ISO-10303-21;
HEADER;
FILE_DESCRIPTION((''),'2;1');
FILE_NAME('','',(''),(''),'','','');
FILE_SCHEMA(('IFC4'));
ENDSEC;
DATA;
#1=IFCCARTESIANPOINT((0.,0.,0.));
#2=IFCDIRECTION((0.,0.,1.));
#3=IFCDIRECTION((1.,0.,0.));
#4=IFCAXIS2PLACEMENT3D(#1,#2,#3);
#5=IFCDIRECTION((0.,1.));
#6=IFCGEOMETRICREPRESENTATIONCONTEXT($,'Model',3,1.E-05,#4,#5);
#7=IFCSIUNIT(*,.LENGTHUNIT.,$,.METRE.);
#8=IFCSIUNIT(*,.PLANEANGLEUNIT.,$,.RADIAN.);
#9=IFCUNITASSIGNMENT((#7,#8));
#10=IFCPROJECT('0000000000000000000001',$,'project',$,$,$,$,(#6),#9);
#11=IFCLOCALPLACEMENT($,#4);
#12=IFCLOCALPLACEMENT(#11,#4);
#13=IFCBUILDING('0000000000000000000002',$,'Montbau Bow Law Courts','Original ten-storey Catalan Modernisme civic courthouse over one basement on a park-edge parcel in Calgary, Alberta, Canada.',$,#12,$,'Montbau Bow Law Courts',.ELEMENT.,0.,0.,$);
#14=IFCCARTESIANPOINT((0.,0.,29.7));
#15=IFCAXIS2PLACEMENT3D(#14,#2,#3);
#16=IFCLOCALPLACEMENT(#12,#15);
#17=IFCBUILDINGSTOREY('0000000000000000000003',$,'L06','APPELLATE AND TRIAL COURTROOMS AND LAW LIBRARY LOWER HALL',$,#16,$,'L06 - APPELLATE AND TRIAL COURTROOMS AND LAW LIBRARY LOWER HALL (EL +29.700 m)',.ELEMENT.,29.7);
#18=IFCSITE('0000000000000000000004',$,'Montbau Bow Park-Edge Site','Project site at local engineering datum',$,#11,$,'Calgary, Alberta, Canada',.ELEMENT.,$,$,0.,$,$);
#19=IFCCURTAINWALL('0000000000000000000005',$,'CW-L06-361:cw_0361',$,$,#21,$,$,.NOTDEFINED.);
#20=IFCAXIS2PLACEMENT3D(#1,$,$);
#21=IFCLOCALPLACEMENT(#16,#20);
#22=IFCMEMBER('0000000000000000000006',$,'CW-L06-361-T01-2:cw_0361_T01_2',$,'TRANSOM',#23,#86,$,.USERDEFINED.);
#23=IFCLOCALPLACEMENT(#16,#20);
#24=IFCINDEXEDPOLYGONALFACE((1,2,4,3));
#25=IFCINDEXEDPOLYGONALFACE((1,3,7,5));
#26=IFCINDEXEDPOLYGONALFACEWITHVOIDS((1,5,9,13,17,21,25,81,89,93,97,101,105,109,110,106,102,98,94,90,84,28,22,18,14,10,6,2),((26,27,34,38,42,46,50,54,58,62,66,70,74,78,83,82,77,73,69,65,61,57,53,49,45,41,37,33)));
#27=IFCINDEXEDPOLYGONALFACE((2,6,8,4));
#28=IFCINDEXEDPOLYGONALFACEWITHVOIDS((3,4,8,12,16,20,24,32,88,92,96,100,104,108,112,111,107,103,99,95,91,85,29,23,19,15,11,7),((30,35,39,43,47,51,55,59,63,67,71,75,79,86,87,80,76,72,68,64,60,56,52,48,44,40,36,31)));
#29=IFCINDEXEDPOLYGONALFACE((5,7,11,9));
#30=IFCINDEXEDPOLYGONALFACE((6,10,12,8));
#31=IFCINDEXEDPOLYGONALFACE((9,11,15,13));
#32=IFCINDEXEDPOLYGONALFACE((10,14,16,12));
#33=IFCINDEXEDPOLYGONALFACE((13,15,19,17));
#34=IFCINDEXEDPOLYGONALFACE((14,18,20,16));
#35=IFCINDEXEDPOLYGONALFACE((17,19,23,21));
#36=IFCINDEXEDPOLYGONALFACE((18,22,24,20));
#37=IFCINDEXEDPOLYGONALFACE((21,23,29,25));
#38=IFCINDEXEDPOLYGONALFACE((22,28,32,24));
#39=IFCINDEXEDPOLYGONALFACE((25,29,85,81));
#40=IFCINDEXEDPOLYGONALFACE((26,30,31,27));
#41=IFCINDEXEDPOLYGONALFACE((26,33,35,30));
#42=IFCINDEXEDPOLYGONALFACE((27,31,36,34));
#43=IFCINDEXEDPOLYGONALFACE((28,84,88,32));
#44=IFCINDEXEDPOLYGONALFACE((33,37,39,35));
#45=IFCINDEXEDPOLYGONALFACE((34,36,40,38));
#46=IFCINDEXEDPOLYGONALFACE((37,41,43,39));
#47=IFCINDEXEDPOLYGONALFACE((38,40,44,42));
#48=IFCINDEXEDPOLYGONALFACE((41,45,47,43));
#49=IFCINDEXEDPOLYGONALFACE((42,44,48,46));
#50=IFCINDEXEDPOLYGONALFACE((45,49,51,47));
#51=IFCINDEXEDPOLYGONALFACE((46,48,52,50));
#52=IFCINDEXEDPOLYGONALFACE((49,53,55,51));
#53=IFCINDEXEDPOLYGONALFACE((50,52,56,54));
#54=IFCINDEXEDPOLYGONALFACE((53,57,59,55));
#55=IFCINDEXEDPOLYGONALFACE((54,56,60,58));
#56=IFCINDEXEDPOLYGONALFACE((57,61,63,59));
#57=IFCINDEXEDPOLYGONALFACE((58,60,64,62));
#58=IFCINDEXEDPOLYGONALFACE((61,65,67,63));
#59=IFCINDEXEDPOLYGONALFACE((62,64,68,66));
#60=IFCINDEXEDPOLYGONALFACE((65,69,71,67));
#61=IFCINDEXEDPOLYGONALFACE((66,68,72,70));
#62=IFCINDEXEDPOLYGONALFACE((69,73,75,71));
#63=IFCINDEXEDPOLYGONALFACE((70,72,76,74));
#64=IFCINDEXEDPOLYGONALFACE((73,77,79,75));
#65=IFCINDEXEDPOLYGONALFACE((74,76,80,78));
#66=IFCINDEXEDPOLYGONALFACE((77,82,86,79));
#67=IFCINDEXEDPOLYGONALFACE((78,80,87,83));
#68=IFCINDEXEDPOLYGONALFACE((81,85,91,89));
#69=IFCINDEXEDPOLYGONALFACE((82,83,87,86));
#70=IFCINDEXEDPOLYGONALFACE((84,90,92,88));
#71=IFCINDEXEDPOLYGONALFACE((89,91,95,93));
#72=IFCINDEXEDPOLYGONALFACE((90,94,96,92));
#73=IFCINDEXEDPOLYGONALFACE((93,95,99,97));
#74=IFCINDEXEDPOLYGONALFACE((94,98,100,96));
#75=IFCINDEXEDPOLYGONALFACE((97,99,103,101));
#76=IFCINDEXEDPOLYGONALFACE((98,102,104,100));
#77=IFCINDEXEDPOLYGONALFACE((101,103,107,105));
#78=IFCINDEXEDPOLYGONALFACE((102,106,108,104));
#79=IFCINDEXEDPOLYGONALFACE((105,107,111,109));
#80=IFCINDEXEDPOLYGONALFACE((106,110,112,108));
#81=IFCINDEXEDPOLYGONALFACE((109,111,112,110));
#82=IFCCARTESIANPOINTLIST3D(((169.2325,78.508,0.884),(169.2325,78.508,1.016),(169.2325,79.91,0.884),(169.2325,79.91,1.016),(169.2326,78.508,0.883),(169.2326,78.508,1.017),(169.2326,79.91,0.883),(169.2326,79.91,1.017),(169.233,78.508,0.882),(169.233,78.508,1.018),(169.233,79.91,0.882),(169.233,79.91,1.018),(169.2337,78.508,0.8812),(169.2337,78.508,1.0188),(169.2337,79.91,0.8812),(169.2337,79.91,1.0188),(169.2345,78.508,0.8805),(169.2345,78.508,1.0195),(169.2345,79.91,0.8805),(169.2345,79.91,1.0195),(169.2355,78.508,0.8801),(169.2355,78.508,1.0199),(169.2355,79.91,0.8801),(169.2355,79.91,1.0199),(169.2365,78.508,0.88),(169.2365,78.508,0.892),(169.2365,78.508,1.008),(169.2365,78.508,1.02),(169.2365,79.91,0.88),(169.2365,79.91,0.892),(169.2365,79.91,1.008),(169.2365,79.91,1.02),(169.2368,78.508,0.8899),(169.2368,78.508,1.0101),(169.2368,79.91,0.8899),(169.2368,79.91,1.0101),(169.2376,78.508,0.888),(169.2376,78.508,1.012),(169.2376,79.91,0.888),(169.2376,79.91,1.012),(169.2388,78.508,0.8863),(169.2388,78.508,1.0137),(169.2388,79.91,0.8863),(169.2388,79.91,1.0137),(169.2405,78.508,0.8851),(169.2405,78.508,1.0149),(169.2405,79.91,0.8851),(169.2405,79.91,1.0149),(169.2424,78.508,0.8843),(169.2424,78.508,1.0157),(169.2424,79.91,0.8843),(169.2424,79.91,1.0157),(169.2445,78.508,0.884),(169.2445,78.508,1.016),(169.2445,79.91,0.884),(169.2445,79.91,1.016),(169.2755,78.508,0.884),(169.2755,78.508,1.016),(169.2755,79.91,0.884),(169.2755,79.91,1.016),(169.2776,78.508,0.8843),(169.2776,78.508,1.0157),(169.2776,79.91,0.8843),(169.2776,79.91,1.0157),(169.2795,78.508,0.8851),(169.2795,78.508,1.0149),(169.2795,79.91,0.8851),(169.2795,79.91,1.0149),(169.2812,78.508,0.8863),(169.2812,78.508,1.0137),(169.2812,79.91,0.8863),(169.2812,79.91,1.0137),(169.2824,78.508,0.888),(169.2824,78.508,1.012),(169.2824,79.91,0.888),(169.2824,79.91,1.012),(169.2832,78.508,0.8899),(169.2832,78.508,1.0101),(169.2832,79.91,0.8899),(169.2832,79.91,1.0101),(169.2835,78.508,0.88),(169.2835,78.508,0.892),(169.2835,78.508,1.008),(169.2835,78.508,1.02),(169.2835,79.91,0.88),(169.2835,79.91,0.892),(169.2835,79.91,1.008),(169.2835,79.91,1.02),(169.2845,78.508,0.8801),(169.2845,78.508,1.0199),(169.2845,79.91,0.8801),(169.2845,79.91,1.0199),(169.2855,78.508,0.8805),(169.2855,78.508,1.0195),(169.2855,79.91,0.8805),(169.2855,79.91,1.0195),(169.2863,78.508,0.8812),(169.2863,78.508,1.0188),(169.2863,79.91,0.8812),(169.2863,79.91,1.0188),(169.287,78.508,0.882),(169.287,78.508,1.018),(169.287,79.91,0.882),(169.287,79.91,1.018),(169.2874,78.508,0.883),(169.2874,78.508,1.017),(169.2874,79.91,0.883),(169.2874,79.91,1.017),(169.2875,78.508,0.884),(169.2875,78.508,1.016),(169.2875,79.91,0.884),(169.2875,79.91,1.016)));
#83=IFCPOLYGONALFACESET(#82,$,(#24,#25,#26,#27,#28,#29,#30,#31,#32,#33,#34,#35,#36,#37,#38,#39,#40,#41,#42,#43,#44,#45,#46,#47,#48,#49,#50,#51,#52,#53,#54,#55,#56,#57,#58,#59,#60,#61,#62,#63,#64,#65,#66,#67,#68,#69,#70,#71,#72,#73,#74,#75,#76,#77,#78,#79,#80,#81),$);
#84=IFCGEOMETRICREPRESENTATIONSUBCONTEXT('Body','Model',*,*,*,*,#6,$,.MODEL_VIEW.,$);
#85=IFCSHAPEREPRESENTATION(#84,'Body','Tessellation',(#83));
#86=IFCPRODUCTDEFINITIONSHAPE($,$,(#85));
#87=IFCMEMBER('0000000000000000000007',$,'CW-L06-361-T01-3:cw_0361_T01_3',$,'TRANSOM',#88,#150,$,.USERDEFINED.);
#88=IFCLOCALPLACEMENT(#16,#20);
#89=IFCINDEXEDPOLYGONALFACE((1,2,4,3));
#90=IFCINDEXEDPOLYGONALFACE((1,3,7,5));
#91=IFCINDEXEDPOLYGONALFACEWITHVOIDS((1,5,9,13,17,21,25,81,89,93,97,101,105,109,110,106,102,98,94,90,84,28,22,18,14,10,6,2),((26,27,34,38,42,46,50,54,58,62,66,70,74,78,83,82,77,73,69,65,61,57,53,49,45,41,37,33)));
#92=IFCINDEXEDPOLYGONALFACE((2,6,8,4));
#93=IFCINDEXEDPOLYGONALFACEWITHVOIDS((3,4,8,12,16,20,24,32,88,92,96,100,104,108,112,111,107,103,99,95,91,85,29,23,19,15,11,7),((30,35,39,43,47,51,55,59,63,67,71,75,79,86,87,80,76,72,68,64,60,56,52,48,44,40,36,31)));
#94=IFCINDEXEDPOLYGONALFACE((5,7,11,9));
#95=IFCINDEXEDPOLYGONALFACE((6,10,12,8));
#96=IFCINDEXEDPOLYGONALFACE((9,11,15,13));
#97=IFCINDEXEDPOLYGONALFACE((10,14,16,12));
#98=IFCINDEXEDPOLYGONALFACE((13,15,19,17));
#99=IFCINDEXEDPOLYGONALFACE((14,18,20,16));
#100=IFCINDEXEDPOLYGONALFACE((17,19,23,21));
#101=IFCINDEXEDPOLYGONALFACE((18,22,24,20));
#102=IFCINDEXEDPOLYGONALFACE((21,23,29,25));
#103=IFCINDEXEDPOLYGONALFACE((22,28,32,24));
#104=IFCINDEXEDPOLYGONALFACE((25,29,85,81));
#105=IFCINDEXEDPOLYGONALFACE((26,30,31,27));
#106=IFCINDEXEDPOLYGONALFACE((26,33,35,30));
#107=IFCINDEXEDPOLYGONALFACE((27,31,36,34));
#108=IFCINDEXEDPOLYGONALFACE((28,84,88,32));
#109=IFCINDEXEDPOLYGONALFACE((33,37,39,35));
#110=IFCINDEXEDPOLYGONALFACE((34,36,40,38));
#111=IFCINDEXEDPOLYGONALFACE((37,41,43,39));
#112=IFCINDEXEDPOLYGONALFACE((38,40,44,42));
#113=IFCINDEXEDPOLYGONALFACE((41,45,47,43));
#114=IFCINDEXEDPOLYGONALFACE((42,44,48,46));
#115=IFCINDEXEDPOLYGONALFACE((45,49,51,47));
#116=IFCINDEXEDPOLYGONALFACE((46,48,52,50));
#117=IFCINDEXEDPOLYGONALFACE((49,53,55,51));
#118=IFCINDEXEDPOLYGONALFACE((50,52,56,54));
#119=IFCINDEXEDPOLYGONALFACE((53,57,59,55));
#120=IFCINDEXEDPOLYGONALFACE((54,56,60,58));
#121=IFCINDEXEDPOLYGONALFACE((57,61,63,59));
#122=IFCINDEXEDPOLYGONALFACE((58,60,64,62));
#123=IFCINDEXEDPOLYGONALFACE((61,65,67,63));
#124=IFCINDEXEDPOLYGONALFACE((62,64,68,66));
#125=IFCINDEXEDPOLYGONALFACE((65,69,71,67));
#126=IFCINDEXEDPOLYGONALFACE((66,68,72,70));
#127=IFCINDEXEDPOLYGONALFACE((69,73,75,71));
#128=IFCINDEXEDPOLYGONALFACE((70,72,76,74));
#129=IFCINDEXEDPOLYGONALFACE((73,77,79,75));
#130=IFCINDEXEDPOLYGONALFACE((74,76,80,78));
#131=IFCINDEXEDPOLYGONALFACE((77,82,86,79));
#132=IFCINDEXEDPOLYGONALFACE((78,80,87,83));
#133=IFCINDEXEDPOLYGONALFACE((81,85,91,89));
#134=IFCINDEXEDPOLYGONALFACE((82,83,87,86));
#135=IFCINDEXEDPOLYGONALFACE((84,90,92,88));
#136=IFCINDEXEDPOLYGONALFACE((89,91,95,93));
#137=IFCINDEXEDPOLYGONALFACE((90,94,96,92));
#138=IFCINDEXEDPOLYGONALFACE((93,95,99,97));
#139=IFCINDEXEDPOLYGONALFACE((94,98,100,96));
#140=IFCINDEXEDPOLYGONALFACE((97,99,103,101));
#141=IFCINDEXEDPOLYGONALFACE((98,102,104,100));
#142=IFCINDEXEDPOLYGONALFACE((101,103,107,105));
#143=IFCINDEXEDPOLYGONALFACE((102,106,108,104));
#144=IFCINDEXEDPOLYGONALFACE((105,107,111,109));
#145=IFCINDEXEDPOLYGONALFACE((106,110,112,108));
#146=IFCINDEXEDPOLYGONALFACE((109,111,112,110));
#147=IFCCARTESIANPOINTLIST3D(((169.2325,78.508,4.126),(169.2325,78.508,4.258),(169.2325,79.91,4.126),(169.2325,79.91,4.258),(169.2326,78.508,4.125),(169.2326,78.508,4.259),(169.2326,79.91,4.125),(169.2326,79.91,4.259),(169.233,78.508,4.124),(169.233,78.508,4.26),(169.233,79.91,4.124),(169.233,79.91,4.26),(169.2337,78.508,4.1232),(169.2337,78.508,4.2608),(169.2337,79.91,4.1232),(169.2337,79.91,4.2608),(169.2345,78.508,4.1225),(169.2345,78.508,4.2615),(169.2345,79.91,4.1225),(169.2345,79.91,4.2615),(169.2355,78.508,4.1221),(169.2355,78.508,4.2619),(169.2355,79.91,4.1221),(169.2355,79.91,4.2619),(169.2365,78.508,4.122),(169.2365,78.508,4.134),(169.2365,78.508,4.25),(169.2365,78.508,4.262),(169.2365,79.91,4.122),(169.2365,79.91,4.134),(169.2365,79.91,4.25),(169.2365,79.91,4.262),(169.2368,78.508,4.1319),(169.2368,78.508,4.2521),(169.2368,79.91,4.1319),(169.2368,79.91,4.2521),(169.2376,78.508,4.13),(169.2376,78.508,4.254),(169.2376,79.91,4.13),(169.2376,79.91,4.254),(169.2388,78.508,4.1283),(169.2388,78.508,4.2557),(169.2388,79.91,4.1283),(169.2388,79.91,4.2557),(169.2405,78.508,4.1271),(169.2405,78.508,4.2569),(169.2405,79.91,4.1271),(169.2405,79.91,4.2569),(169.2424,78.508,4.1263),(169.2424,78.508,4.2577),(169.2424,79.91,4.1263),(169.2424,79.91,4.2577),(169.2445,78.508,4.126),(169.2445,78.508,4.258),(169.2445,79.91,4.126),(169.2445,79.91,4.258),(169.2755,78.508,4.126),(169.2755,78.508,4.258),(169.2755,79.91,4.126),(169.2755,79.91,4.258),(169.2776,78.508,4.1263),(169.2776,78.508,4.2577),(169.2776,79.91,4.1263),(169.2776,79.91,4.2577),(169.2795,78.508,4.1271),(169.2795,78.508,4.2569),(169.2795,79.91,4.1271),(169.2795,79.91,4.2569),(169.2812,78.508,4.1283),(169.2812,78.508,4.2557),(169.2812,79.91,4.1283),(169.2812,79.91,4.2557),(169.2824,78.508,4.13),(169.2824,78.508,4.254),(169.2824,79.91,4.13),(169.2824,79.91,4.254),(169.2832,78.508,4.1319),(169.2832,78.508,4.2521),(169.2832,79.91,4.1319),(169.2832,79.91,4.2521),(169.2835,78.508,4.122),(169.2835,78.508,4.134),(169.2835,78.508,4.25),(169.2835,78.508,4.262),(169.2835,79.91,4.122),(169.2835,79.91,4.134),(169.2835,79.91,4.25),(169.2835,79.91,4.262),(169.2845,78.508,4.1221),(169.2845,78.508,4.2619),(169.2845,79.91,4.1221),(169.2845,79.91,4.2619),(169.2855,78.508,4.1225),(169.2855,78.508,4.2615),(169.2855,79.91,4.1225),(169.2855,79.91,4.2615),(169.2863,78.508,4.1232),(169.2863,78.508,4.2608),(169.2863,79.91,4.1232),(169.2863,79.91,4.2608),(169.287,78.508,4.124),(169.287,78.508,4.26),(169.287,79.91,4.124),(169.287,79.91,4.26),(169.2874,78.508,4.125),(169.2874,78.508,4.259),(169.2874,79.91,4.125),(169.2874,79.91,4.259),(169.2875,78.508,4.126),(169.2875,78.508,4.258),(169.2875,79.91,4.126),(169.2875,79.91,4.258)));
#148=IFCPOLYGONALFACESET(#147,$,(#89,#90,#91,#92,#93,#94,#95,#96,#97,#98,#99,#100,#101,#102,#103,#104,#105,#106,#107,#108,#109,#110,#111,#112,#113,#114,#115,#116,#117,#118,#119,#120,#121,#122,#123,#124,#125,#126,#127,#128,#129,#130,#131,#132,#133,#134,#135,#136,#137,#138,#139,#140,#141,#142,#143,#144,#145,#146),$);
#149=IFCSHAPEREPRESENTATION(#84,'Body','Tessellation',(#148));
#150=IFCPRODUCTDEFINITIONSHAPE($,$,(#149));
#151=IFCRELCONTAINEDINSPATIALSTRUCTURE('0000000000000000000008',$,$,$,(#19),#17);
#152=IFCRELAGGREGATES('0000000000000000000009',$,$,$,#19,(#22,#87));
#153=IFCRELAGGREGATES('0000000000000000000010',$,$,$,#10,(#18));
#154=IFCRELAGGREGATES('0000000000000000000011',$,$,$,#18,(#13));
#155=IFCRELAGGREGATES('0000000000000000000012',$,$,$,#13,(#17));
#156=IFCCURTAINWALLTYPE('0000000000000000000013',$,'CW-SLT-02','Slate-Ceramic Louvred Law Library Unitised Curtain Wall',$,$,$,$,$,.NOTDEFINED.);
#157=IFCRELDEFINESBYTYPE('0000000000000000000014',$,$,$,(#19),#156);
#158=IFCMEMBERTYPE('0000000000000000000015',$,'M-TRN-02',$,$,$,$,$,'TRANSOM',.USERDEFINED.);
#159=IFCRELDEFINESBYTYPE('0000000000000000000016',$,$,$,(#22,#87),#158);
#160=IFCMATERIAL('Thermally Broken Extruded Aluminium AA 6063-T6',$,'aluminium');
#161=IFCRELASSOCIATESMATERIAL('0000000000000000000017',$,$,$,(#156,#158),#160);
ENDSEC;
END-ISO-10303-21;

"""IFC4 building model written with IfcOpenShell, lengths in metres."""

from ifc_helpers import new_model, si_unit, direction, frame, origin_with_axes, origin_2d_with_axis, place, context, subcontext, project, spatial, hollow_rectangle, extrude, material, material_profile, profile_set, type_object, element, aggregate, save


model = new_model("IFC4")

# Units and contexts
model_context = context("Model", 3, precision=1e-05, world=origin_with_axes(), true_north=direction((0.0, 1.0)))
body_context = subcontext(model_context, "Body", "Model", "MODEL_VIEW")
ifc_project = project(units=[si_unit("LENGTHUNIT", "METRE"), si_unit("PLANEANGLEUNIT", "RADIAN")], contexts=[model_context])

# Site, building, storey
site_placement = place(None, origin_with_axes())
site = spatial("IfcSite", under=ifc_project, at=site_placement, Name="Montbau Bow Park-Edge Site", Description="Project site at local engineering datum", LongName="Calgary, Alberta, Canada", CompositionType="ELEMENT", RefElevation=0.0)
building_placement = place(site_placement, origin_with_axes())
building = spatial("IfcBuilding", under=site, at=building_placement, Name="Montbau Bow Law Courts", Description="Original ten-storey Catalan Modernisme civic courthouse over one basement on a park-edge parcel in Calgary, Alberta, Canada.", LongName="Montbau Bow Law Courts", CompositionType="ELEMENT", ElevationOfRefHeight=0.0, ElevationOfTerrain=0.0)
storey_placement = place(building_placement, frame((0.0, 0.0, 29.7), z_axis=(0.0, 0.0, 1.0), x_axis=(1.0, 0.0, 0.0)))
storey = spatial("IfcBuildingStorey", under=building, at=storey_placement, Name="L06", Description="APPELLATE AND TRIAL COURTROOMS AND LAW LIBRARY LOWER HALL", LongName="L06 - APPELLATE AND TRIAL COURTROOMS AND LAW LIBRARY LOWER HALL (EL +29.700 m)", CompositionType="ELEMENT", Elevation=29.7)

# Curtain wall, members
ifc_material_1 = material(Name="Thermally Broken Extruded Aluminium AA 6063-T6", Category="aluminium")
curtain_wall_type = type_object("IfcCurtainWallType", Name="CW-SLT-02", Description="Slate-Ceramic Louvred Law Library Unitised Curtain Wall", PredefinedType="NOTDEFINED", material=ifc_material_1)
curtain_wall_1_placement = place(None, frame((169.26, 78.44, 29.7), z_axis=(0.0, 0.0, 1.0), x_axis=(1.0, 0.0, 0.0)))
curtain_wall_1 = element("IfcCurtainWall", 1, at=curtain_wall_1_placement, inside=storey, type_object=curtain_wall_type, Name="CW-L06-361:cw_0361", PredefinedType="NOTDEFINED")
ifc_material_profile_1 = material_profile(ifc_material_1, hollow_rectangle(XDim=0.055, YDim=0.14, WallThickness=0.004, InnerFilletRadius=0.008, OuterFilletRadius=0.004, at=origin_2d_with_axis()), Name="CWT-140X55", Category="Main", Priority=0)
ifc_profile_set_1 = profile_set([ifc_material_profile_1], Name="Thermally Broken Extruded Aluminium AA 6063-T6")
member_type_1 = type_object("IfcMemberType", Name="M-TRN-02", ElementType="TRANSOM", PredefinedType="USERDEFINED", material=ifc_profile_set_1)
member_1_placement = place(None, frame((169.26, 78.508, 30.65), z_axis=(0.0, 1.0, 0.0), x_axis=(-1.0, 0.0, 0.0)))
member_1 = element("IfcMember", 2, at=member_1_placement, type_object=member_type_1, Name="CW-L06-361-T01-2:cw_0361_T01_2", ObjectType="TRANSOM", PredefinedType="USERDEFINED", context=body_context, shape_type="SweptSolid", body=[
    extrude(hollow_rectangle(XDim=0.055, YDim=0.14, WallThickness=0.004, InnerFilletRadius=0.008, OuterFilletRadius=0.004, at=origin_2d_with_axis()), origin_with_axes(), (0.0, 0.0, 1.0), 1.402),
])
member_2_placement = place(None, frame((169.26, 78.508, 33.892), z_axis=(0.0, 1.0, 0.0), x_axis=(-1.0, 0.0, 0.0)))
member_2 = element("IfcMember", 3, at=member_2_placement, type_object=member_type_1, Name="CW-L06-361-T01-3:cw_0361_T01_3", ObjectType="TRANSOM", PredefinedType="USERDEFINED", context=body_context, shape_type="SweptSolid", body=[
    extrude(hollow_rectangle(XDim=0.055, YDim=0.14, WallThickness=0.004, InnerFilletRadius=0.008, OuterFilletRadius=0.004, at=origin_2d_with_axis()), origin_with_axes(), (0.0, 0.0, 1.0), 1.402),
])

aggregate(curtain_wall_1, [member_1, member_2])

save(model, "model.ifc")
